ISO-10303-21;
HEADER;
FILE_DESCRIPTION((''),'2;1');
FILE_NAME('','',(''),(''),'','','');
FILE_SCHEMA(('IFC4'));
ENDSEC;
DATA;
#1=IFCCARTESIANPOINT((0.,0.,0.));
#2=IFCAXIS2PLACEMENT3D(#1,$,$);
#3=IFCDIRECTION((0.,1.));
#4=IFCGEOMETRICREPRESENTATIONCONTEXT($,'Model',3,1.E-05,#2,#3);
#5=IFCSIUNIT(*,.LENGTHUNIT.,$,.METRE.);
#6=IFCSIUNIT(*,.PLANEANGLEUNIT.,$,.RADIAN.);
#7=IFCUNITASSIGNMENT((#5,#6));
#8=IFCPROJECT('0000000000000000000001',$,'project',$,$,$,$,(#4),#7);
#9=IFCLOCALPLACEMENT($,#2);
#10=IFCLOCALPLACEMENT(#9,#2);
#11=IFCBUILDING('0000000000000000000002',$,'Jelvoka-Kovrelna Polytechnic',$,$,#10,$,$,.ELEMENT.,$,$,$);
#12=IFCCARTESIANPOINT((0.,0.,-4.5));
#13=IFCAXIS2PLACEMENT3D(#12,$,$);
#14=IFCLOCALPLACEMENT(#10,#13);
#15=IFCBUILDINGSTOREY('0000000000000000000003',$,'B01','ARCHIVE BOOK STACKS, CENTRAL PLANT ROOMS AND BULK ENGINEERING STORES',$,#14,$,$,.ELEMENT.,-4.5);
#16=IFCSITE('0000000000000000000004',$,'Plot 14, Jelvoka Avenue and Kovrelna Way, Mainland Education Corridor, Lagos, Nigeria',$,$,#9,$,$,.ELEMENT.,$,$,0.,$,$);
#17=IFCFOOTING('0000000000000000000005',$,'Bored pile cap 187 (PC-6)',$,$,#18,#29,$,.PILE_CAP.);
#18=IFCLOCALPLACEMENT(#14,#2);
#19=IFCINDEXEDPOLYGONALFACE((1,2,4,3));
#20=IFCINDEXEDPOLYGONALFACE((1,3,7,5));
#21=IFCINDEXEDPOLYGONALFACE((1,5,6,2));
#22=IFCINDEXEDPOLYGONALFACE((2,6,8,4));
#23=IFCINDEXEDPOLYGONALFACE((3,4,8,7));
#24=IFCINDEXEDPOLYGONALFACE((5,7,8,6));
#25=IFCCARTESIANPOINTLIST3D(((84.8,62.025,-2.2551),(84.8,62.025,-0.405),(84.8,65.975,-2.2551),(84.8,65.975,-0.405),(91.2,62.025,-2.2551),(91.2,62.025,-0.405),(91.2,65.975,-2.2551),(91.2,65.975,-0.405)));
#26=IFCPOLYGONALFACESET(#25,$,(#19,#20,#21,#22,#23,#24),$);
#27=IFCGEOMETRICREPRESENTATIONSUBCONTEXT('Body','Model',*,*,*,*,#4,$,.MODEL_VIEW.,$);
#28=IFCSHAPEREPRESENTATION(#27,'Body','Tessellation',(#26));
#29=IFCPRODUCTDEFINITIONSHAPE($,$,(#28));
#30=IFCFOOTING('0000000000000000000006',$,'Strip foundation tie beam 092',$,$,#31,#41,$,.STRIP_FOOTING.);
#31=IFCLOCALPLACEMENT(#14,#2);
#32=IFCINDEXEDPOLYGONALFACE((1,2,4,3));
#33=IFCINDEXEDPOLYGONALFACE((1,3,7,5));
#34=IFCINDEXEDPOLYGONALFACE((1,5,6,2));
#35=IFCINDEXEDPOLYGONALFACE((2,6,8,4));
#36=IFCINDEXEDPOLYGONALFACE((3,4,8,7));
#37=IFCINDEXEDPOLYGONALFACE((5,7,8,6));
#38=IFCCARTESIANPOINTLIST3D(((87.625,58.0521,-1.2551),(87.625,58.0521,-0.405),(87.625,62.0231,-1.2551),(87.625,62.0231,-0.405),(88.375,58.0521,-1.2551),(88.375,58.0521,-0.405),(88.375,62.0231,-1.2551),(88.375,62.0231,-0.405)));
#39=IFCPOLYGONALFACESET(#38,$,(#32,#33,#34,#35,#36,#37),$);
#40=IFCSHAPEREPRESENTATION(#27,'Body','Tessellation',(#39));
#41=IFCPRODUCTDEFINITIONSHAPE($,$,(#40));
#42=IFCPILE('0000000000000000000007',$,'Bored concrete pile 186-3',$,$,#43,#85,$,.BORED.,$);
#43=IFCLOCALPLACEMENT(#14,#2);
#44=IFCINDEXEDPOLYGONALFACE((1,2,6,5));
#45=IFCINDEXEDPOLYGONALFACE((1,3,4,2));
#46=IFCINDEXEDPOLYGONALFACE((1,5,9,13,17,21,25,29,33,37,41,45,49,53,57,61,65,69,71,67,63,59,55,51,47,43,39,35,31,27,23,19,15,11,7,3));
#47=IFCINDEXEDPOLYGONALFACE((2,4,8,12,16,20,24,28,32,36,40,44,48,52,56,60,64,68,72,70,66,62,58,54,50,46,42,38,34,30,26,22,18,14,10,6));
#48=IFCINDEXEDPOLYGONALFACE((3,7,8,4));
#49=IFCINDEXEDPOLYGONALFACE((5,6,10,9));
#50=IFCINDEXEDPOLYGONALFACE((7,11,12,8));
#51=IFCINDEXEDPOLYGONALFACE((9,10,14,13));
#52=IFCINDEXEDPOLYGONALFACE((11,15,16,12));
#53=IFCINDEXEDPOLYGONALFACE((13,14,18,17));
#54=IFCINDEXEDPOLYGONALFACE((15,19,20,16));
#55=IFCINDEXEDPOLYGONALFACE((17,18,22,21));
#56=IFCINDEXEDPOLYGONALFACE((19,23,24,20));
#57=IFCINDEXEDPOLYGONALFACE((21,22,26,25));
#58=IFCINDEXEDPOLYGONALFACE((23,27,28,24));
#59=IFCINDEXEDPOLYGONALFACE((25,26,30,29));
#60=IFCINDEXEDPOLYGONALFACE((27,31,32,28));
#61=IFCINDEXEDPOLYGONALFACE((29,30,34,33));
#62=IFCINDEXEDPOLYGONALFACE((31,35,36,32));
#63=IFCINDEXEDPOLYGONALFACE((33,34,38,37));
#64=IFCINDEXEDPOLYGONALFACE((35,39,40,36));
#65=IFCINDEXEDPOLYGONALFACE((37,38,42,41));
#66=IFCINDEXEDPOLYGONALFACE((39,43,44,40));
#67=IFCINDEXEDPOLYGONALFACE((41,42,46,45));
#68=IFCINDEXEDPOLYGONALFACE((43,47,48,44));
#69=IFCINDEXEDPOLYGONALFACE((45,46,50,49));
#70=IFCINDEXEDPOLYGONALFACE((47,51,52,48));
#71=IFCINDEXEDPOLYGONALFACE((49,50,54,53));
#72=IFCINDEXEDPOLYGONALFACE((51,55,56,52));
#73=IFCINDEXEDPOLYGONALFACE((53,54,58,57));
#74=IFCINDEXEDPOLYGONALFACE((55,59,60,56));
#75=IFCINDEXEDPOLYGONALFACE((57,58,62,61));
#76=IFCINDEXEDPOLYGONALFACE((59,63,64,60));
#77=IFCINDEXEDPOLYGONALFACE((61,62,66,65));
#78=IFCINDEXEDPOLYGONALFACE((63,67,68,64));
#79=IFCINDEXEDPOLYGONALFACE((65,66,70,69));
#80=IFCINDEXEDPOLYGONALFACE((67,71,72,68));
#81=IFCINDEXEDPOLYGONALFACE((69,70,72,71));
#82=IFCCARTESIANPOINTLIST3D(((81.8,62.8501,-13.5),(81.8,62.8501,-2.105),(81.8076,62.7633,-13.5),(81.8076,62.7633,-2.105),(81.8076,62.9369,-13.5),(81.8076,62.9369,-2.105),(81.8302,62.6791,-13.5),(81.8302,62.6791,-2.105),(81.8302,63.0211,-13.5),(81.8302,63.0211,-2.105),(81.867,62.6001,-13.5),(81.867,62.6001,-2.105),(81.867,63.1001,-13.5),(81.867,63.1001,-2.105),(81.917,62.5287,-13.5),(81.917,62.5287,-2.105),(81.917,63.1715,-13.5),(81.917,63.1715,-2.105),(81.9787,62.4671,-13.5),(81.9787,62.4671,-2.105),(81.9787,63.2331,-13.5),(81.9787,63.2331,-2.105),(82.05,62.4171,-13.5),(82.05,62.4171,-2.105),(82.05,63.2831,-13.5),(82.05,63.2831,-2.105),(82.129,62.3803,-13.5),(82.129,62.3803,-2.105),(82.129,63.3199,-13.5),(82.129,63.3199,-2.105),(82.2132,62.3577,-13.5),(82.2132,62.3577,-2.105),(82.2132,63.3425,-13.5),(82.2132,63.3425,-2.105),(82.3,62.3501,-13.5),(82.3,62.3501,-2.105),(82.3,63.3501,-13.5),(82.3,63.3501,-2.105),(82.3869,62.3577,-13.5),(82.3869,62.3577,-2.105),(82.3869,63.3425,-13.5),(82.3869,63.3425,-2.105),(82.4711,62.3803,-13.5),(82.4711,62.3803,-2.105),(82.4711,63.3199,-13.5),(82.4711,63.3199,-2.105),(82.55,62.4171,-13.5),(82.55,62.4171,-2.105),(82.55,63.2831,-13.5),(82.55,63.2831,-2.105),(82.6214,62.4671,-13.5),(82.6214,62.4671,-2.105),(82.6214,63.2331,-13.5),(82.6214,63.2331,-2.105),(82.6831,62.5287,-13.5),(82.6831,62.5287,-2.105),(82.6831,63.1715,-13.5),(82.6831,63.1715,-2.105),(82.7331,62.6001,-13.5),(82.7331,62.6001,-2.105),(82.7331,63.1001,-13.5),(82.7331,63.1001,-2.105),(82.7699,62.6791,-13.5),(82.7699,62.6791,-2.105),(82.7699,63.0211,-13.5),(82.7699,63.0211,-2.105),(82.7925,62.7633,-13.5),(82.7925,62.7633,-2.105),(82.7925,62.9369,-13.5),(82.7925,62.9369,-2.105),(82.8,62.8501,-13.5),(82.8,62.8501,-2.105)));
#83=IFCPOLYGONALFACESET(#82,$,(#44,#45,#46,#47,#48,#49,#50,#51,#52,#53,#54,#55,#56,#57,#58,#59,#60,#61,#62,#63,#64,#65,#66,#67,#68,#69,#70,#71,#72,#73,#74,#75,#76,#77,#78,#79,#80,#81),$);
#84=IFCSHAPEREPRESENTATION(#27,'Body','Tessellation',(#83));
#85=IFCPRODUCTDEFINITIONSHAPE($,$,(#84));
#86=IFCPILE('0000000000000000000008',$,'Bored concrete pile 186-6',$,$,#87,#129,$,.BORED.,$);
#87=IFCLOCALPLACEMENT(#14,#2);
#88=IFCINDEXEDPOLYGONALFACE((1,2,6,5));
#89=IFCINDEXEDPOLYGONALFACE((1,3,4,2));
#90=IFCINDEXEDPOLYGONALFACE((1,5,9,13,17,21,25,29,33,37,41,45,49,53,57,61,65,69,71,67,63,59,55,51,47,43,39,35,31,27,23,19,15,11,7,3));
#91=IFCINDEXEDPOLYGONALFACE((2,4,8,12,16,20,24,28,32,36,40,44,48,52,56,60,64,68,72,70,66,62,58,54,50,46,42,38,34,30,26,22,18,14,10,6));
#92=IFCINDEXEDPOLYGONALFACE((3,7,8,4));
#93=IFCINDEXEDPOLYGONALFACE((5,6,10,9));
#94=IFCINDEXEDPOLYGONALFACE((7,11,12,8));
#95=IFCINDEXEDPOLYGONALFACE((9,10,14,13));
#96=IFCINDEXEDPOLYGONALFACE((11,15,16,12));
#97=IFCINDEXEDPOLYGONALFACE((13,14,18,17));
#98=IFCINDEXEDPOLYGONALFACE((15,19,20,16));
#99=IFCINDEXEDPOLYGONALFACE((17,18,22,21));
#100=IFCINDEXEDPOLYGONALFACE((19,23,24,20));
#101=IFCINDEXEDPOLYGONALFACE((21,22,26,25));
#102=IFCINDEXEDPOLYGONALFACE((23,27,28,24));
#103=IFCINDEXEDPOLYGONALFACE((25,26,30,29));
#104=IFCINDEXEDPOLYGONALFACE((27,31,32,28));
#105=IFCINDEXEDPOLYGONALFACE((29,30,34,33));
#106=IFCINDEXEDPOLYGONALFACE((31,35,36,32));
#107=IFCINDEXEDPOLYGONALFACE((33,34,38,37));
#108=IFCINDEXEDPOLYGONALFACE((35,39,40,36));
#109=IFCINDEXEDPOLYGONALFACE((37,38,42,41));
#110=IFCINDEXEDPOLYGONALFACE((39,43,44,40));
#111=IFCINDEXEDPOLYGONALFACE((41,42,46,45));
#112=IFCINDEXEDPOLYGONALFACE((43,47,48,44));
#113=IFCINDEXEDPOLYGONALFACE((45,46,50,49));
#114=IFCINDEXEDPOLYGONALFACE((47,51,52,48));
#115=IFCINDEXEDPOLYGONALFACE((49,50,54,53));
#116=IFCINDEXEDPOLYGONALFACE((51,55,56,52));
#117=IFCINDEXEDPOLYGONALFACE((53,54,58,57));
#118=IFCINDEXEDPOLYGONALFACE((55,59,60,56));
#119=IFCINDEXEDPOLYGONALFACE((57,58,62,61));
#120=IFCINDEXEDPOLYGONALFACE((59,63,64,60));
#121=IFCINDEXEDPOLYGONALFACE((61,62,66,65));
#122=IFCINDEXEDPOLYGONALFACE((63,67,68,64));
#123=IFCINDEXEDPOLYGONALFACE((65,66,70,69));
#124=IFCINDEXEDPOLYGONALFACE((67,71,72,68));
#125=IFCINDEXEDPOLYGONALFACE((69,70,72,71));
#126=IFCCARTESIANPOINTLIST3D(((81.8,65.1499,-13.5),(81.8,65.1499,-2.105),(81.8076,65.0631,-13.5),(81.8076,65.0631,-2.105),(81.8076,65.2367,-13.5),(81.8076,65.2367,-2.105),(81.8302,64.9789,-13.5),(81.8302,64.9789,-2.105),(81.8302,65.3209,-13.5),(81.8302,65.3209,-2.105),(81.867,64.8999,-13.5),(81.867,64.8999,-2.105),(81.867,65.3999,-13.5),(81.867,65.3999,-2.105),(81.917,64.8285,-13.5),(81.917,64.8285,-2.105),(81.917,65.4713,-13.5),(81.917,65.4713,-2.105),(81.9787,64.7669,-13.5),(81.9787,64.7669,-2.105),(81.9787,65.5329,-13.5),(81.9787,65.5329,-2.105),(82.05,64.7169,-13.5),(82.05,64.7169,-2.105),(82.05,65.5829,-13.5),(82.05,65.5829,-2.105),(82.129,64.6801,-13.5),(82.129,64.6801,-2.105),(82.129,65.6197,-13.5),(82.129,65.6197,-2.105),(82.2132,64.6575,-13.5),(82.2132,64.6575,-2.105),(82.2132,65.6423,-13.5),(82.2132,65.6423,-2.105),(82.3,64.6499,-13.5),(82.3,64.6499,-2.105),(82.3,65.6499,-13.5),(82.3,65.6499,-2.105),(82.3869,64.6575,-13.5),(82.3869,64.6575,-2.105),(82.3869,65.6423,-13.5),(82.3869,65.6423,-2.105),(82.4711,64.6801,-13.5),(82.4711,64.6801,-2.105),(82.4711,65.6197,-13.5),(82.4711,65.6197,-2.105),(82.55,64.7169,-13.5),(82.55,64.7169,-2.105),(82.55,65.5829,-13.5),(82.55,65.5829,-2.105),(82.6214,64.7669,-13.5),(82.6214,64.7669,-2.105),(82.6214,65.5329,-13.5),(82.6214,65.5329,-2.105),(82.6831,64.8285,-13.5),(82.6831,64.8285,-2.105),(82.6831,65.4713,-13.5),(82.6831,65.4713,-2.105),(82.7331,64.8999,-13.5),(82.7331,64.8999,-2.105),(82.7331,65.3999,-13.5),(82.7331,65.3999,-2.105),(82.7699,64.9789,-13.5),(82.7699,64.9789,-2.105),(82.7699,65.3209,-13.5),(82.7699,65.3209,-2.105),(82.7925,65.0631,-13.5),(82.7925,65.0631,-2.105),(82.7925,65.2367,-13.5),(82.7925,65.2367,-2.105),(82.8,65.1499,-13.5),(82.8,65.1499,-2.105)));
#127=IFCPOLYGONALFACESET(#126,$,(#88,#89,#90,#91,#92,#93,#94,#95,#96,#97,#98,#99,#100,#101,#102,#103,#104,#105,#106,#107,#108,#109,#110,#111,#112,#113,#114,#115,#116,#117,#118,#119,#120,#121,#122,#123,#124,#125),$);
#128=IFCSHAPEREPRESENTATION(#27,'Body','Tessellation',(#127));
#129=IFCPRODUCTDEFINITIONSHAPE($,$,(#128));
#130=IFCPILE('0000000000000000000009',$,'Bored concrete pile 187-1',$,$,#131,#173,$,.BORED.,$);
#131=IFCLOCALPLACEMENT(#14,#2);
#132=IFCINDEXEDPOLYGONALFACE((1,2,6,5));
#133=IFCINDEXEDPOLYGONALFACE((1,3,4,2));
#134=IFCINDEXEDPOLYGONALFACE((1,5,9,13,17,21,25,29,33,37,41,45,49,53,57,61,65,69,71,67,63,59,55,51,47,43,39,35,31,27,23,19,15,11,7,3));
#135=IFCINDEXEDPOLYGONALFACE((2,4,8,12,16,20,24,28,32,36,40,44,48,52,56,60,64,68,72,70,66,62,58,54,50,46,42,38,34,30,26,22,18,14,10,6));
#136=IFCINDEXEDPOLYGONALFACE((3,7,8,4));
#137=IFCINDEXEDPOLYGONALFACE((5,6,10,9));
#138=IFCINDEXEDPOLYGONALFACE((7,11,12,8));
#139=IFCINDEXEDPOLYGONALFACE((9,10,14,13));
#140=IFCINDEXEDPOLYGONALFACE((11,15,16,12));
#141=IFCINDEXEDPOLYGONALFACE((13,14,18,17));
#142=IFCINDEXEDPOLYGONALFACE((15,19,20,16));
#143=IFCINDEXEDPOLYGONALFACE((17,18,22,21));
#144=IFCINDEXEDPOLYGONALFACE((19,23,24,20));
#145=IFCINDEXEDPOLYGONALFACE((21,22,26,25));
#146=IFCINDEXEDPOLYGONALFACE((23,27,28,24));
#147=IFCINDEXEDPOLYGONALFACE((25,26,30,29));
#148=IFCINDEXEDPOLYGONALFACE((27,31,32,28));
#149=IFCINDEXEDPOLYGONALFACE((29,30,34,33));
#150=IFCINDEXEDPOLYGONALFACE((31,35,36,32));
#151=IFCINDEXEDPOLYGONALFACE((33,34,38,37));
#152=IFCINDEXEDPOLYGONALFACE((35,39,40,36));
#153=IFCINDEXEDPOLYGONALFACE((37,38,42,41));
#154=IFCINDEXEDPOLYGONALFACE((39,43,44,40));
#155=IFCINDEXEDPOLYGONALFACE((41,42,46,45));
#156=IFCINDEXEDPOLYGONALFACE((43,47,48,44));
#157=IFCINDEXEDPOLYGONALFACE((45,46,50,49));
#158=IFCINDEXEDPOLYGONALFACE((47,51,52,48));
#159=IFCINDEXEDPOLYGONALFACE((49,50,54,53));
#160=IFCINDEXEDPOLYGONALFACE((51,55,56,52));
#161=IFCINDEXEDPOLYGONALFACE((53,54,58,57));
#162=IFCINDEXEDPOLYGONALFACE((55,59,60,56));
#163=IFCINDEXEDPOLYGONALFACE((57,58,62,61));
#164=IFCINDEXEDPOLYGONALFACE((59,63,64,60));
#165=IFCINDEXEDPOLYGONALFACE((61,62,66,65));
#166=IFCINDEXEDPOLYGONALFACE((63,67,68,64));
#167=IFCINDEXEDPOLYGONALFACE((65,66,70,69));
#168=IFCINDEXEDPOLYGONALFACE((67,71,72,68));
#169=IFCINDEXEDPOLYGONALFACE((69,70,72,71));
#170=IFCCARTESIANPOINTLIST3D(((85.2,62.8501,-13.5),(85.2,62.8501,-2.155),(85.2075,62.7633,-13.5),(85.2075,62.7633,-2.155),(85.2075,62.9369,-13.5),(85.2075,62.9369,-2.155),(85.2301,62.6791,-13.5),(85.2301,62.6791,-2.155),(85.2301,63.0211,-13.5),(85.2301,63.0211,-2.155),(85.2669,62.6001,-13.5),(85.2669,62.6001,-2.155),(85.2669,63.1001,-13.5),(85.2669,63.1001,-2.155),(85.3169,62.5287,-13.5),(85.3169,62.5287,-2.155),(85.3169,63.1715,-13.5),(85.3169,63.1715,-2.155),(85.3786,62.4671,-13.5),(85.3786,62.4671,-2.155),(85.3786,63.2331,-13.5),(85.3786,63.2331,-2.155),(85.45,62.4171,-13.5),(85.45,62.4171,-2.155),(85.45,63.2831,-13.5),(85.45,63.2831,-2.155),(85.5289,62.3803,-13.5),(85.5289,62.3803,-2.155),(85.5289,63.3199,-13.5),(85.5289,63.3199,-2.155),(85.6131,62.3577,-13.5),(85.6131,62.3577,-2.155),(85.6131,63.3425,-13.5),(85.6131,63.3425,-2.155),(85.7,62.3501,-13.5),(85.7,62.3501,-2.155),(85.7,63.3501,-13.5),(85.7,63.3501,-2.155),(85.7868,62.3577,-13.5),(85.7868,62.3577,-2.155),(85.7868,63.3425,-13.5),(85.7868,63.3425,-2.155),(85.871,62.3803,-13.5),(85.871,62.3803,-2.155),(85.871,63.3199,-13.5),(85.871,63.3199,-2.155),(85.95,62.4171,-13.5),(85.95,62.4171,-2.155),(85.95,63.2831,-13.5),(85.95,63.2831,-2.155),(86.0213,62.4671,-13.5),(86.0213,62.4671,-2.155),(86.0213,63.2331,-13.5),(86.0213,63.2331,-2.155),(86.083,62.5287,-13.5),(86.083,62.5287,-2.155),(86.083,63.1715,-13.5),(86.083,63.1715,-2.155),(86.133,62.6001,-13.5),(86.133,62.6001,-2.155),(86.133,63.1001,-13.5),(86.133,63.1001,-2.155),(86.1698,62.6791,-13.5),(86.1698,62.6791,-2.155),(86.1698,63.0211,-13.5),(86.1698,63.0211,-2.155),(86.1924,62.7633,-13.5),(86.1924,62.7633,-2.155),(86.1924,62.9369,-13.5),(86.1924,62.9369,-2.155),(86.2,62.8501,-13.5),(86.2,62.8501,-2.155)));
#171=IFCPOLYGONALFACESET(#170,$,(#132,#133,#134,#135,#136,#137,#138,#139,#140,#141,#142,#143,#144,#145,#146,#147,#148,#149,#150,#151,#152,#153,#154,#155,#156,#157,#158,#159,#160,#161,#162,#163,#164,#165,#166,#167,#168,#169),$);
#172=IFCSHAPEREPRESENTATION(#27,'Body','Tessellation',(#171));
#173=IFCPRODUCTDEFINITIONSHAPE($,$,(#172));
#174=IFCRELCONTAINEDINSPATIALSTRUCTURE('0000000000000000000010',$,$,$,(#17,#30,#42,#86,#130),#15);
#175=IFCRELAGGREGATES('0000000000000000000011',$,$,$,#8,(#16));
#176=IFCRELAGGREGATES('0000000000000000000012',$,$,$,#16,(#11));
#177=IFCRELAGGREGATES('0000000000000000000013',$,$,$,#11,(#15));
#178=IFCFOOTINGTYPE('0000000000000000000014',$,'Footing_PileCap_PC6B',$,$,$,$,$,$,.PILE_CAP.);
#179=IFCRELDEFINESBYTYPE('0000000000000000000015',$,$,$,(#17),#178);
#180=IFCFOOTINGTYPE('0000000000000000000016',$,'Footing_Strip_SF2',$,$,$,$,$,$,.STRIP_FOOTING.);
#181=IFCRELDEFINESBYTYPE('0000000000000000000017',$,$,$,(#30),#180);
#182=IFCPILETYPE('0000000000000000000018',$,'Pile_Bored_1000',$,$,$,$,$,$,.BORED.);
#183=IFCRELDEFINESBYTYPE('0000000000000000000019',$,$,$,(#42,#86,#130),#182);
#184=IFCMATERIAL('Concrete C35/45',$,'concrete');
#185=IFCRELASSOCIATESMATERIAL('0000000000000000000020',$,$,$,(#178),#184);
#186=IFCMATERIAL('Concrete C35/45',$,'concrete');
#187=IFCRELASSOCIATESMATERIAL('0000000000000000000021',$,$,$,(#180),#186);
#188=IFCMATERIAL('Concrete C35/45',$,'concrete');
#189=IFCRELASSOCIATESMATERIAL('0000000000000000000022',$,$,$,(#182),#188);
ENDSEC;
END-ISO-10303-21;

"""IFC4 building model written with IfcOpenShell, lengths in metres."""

from ifc_helpers import new_model, si_unit, direction, frame, origin, origin_2d, place, context, subcontext, project, spatial, rectangle, circle, extrude, material, material_profile, profile_set, type_object, element, save


model = new_model("IFC4")

# Units and contexts
model_context = context("Model", 3, precision=1e-05, world=origin(), true_north=direction((0.0, 1.0)))
body_context = subcontext(model_context, "Body", "Model", "MODEL_VIEW")
ifc_project = project(units=[si_unit("LENGTHUNIT", "METRE"), si_unit("PLANEANGLEUNIT", "RADIAN")], contexts=[model_context])

# Site, building, storey
site_placement = place(None, origin())
site = spatial("IfcSite", under=ifc_project, at=site_placement, Name="Plot 14, Jelvoka Avenue and Kovrelna Way, Mainland Education Corridor, Lagos, Nigeria", CompositionType="ELEMENT", RefElevation=0.0)
building_placement = place(site_placement, origin())
building = spatial("IfcBuilding", under=site, at=building_placement, Name="Jelvoka-Kovrelna Polytechnic", CompositionType="ELEMENT")
storey_placement = place(building_placement, frame((0.0, 0.0, -4.5)))
storey = spatial("IfcBuildingStorey", under=building, at=storey_placement, Name="B01", Description="ARCHIVE BOOK STACKS, CENTRAL PLANT ROOMS AND BULK ENGINEERING STORES", CompositionType="ELEMENT", Elevation=-4.5)

# Footings
ifc_material_1 = material(Name="Concrete C35/45", Category="concrete")
footing_type_1 = type_object("IfcFootingType", Name="Footing_PileCap_PC6B", PredefinedType="PILE_CAP", material=ifc_material_1)
footing_1_placement = place(storey_placement, frame((88.0, 64.0, -2.2551), z_axis=(0.0, 0.0, 1.0), x_axis=(1.0, 0.0, 0.0)))
element("IfcFooting", 1, at=footing_1_placement, inside=storey, type_object=footing_type_1, Name="Bored pile cap 187 (PC-6)", PredefinedType="PILE_CAP", context=body_context, shape_type="SweptSolid", body=[
    extrude(rectangle(XDim=6.3999, YDim=3.95, at=origin_2d()), origin(), (0.0, 0.0, 1.0), 1.8501),
])
ifc_material_2 = material(Name="Concrete C35/45", Category="concrete")
footing_type_2 = type_object("IfcFootingType", Name="Footing_Strip_SF2", PredefinedType="STRIP_FOOTING", material=ifc_material_2)
footing_2_placement = place(storey_placement, frame((88.0, 60.0376, -1.2551), z_axis=(0.0, 0.0, 1.0), x_axis=(0.0, 1.0, 0.0)))
element("IfcFooting", 2, at=footing_2_placement, inside=storey, type_object=footing_type_2, Name="Strip foundation tie beam 092", PredefinedType="STRIP_FOOTING", context=body_context, shape_type="SweptSolid", body=[
    extrude(rectangle(XDim=3.9709, YDim=0.75, at=origin_2d()), origin(), (0.0, 0.0, 1.0), 0.8501),
])

# Piles
ifc_material_3 = material(Name="Concrete C35/45", Category="concrete")
ifc_material_profile = material_profile(ifc_material_3, circle(Radius=0.5, at=origin_2d()), Name="PILE D1000")
ifc_profile_set = profile_set([ifc_material_profile], Name="Concrete C35/45")
pile_type = type_object("IfcPileType", Name="Pile_Bored_1000", PredefinedType="BORED", material=ifc_profile_set)
for number, where, z_axis, x_axis, name in (
    (3, (82.3, 62.8501, -2.105), (0.0, 0.0, -1.0), (1.0, 0.0, 0.0), "Bored concrete pile 186-3"),
    (4, (82.3, 65.1499, -2.105), (0.0, 0.0, -1.0), (1.0, 0.0, 0.0), "Bored concrete pile 186-6"),
):
    element("IfcPile", number, at=place(storey_placement, frame(where, z_axis=z_axis, x_axis=x_axis)), inside=storey, type_object=pile_type, Name=name, PredefinedType="BORED", context=body_context, shape_type="SweptSolid", body=[
        extrude(circle(Radius=0.5, at=origin_2d()), origin(), (0.0, 0.0, 1.0), 11.395),
    ])
for number, where, z_axis, x_axis, name in (
    (5, (85.7, 62.8501, -2.155), (0.0, 0.0, -1.0), (1.0, 0.0, 0.0), "Bored concrete pile 187-1"),
):
    element("IfcPile", number, at=place(storey_placement, frame(where, z_axis=z_axis, x_axis=x_axis)), inside=storey, type_object=pile_type, Name=name, PredefinedType="BORED", context=body_context, shape_type="SweptSolid", body=[
        extrude(circle(Radius=0.5, at=origin_2d()), origin(), (0.0, 0.0, 1.0), 11.345),
    ])

save(model, "model.ifc")
